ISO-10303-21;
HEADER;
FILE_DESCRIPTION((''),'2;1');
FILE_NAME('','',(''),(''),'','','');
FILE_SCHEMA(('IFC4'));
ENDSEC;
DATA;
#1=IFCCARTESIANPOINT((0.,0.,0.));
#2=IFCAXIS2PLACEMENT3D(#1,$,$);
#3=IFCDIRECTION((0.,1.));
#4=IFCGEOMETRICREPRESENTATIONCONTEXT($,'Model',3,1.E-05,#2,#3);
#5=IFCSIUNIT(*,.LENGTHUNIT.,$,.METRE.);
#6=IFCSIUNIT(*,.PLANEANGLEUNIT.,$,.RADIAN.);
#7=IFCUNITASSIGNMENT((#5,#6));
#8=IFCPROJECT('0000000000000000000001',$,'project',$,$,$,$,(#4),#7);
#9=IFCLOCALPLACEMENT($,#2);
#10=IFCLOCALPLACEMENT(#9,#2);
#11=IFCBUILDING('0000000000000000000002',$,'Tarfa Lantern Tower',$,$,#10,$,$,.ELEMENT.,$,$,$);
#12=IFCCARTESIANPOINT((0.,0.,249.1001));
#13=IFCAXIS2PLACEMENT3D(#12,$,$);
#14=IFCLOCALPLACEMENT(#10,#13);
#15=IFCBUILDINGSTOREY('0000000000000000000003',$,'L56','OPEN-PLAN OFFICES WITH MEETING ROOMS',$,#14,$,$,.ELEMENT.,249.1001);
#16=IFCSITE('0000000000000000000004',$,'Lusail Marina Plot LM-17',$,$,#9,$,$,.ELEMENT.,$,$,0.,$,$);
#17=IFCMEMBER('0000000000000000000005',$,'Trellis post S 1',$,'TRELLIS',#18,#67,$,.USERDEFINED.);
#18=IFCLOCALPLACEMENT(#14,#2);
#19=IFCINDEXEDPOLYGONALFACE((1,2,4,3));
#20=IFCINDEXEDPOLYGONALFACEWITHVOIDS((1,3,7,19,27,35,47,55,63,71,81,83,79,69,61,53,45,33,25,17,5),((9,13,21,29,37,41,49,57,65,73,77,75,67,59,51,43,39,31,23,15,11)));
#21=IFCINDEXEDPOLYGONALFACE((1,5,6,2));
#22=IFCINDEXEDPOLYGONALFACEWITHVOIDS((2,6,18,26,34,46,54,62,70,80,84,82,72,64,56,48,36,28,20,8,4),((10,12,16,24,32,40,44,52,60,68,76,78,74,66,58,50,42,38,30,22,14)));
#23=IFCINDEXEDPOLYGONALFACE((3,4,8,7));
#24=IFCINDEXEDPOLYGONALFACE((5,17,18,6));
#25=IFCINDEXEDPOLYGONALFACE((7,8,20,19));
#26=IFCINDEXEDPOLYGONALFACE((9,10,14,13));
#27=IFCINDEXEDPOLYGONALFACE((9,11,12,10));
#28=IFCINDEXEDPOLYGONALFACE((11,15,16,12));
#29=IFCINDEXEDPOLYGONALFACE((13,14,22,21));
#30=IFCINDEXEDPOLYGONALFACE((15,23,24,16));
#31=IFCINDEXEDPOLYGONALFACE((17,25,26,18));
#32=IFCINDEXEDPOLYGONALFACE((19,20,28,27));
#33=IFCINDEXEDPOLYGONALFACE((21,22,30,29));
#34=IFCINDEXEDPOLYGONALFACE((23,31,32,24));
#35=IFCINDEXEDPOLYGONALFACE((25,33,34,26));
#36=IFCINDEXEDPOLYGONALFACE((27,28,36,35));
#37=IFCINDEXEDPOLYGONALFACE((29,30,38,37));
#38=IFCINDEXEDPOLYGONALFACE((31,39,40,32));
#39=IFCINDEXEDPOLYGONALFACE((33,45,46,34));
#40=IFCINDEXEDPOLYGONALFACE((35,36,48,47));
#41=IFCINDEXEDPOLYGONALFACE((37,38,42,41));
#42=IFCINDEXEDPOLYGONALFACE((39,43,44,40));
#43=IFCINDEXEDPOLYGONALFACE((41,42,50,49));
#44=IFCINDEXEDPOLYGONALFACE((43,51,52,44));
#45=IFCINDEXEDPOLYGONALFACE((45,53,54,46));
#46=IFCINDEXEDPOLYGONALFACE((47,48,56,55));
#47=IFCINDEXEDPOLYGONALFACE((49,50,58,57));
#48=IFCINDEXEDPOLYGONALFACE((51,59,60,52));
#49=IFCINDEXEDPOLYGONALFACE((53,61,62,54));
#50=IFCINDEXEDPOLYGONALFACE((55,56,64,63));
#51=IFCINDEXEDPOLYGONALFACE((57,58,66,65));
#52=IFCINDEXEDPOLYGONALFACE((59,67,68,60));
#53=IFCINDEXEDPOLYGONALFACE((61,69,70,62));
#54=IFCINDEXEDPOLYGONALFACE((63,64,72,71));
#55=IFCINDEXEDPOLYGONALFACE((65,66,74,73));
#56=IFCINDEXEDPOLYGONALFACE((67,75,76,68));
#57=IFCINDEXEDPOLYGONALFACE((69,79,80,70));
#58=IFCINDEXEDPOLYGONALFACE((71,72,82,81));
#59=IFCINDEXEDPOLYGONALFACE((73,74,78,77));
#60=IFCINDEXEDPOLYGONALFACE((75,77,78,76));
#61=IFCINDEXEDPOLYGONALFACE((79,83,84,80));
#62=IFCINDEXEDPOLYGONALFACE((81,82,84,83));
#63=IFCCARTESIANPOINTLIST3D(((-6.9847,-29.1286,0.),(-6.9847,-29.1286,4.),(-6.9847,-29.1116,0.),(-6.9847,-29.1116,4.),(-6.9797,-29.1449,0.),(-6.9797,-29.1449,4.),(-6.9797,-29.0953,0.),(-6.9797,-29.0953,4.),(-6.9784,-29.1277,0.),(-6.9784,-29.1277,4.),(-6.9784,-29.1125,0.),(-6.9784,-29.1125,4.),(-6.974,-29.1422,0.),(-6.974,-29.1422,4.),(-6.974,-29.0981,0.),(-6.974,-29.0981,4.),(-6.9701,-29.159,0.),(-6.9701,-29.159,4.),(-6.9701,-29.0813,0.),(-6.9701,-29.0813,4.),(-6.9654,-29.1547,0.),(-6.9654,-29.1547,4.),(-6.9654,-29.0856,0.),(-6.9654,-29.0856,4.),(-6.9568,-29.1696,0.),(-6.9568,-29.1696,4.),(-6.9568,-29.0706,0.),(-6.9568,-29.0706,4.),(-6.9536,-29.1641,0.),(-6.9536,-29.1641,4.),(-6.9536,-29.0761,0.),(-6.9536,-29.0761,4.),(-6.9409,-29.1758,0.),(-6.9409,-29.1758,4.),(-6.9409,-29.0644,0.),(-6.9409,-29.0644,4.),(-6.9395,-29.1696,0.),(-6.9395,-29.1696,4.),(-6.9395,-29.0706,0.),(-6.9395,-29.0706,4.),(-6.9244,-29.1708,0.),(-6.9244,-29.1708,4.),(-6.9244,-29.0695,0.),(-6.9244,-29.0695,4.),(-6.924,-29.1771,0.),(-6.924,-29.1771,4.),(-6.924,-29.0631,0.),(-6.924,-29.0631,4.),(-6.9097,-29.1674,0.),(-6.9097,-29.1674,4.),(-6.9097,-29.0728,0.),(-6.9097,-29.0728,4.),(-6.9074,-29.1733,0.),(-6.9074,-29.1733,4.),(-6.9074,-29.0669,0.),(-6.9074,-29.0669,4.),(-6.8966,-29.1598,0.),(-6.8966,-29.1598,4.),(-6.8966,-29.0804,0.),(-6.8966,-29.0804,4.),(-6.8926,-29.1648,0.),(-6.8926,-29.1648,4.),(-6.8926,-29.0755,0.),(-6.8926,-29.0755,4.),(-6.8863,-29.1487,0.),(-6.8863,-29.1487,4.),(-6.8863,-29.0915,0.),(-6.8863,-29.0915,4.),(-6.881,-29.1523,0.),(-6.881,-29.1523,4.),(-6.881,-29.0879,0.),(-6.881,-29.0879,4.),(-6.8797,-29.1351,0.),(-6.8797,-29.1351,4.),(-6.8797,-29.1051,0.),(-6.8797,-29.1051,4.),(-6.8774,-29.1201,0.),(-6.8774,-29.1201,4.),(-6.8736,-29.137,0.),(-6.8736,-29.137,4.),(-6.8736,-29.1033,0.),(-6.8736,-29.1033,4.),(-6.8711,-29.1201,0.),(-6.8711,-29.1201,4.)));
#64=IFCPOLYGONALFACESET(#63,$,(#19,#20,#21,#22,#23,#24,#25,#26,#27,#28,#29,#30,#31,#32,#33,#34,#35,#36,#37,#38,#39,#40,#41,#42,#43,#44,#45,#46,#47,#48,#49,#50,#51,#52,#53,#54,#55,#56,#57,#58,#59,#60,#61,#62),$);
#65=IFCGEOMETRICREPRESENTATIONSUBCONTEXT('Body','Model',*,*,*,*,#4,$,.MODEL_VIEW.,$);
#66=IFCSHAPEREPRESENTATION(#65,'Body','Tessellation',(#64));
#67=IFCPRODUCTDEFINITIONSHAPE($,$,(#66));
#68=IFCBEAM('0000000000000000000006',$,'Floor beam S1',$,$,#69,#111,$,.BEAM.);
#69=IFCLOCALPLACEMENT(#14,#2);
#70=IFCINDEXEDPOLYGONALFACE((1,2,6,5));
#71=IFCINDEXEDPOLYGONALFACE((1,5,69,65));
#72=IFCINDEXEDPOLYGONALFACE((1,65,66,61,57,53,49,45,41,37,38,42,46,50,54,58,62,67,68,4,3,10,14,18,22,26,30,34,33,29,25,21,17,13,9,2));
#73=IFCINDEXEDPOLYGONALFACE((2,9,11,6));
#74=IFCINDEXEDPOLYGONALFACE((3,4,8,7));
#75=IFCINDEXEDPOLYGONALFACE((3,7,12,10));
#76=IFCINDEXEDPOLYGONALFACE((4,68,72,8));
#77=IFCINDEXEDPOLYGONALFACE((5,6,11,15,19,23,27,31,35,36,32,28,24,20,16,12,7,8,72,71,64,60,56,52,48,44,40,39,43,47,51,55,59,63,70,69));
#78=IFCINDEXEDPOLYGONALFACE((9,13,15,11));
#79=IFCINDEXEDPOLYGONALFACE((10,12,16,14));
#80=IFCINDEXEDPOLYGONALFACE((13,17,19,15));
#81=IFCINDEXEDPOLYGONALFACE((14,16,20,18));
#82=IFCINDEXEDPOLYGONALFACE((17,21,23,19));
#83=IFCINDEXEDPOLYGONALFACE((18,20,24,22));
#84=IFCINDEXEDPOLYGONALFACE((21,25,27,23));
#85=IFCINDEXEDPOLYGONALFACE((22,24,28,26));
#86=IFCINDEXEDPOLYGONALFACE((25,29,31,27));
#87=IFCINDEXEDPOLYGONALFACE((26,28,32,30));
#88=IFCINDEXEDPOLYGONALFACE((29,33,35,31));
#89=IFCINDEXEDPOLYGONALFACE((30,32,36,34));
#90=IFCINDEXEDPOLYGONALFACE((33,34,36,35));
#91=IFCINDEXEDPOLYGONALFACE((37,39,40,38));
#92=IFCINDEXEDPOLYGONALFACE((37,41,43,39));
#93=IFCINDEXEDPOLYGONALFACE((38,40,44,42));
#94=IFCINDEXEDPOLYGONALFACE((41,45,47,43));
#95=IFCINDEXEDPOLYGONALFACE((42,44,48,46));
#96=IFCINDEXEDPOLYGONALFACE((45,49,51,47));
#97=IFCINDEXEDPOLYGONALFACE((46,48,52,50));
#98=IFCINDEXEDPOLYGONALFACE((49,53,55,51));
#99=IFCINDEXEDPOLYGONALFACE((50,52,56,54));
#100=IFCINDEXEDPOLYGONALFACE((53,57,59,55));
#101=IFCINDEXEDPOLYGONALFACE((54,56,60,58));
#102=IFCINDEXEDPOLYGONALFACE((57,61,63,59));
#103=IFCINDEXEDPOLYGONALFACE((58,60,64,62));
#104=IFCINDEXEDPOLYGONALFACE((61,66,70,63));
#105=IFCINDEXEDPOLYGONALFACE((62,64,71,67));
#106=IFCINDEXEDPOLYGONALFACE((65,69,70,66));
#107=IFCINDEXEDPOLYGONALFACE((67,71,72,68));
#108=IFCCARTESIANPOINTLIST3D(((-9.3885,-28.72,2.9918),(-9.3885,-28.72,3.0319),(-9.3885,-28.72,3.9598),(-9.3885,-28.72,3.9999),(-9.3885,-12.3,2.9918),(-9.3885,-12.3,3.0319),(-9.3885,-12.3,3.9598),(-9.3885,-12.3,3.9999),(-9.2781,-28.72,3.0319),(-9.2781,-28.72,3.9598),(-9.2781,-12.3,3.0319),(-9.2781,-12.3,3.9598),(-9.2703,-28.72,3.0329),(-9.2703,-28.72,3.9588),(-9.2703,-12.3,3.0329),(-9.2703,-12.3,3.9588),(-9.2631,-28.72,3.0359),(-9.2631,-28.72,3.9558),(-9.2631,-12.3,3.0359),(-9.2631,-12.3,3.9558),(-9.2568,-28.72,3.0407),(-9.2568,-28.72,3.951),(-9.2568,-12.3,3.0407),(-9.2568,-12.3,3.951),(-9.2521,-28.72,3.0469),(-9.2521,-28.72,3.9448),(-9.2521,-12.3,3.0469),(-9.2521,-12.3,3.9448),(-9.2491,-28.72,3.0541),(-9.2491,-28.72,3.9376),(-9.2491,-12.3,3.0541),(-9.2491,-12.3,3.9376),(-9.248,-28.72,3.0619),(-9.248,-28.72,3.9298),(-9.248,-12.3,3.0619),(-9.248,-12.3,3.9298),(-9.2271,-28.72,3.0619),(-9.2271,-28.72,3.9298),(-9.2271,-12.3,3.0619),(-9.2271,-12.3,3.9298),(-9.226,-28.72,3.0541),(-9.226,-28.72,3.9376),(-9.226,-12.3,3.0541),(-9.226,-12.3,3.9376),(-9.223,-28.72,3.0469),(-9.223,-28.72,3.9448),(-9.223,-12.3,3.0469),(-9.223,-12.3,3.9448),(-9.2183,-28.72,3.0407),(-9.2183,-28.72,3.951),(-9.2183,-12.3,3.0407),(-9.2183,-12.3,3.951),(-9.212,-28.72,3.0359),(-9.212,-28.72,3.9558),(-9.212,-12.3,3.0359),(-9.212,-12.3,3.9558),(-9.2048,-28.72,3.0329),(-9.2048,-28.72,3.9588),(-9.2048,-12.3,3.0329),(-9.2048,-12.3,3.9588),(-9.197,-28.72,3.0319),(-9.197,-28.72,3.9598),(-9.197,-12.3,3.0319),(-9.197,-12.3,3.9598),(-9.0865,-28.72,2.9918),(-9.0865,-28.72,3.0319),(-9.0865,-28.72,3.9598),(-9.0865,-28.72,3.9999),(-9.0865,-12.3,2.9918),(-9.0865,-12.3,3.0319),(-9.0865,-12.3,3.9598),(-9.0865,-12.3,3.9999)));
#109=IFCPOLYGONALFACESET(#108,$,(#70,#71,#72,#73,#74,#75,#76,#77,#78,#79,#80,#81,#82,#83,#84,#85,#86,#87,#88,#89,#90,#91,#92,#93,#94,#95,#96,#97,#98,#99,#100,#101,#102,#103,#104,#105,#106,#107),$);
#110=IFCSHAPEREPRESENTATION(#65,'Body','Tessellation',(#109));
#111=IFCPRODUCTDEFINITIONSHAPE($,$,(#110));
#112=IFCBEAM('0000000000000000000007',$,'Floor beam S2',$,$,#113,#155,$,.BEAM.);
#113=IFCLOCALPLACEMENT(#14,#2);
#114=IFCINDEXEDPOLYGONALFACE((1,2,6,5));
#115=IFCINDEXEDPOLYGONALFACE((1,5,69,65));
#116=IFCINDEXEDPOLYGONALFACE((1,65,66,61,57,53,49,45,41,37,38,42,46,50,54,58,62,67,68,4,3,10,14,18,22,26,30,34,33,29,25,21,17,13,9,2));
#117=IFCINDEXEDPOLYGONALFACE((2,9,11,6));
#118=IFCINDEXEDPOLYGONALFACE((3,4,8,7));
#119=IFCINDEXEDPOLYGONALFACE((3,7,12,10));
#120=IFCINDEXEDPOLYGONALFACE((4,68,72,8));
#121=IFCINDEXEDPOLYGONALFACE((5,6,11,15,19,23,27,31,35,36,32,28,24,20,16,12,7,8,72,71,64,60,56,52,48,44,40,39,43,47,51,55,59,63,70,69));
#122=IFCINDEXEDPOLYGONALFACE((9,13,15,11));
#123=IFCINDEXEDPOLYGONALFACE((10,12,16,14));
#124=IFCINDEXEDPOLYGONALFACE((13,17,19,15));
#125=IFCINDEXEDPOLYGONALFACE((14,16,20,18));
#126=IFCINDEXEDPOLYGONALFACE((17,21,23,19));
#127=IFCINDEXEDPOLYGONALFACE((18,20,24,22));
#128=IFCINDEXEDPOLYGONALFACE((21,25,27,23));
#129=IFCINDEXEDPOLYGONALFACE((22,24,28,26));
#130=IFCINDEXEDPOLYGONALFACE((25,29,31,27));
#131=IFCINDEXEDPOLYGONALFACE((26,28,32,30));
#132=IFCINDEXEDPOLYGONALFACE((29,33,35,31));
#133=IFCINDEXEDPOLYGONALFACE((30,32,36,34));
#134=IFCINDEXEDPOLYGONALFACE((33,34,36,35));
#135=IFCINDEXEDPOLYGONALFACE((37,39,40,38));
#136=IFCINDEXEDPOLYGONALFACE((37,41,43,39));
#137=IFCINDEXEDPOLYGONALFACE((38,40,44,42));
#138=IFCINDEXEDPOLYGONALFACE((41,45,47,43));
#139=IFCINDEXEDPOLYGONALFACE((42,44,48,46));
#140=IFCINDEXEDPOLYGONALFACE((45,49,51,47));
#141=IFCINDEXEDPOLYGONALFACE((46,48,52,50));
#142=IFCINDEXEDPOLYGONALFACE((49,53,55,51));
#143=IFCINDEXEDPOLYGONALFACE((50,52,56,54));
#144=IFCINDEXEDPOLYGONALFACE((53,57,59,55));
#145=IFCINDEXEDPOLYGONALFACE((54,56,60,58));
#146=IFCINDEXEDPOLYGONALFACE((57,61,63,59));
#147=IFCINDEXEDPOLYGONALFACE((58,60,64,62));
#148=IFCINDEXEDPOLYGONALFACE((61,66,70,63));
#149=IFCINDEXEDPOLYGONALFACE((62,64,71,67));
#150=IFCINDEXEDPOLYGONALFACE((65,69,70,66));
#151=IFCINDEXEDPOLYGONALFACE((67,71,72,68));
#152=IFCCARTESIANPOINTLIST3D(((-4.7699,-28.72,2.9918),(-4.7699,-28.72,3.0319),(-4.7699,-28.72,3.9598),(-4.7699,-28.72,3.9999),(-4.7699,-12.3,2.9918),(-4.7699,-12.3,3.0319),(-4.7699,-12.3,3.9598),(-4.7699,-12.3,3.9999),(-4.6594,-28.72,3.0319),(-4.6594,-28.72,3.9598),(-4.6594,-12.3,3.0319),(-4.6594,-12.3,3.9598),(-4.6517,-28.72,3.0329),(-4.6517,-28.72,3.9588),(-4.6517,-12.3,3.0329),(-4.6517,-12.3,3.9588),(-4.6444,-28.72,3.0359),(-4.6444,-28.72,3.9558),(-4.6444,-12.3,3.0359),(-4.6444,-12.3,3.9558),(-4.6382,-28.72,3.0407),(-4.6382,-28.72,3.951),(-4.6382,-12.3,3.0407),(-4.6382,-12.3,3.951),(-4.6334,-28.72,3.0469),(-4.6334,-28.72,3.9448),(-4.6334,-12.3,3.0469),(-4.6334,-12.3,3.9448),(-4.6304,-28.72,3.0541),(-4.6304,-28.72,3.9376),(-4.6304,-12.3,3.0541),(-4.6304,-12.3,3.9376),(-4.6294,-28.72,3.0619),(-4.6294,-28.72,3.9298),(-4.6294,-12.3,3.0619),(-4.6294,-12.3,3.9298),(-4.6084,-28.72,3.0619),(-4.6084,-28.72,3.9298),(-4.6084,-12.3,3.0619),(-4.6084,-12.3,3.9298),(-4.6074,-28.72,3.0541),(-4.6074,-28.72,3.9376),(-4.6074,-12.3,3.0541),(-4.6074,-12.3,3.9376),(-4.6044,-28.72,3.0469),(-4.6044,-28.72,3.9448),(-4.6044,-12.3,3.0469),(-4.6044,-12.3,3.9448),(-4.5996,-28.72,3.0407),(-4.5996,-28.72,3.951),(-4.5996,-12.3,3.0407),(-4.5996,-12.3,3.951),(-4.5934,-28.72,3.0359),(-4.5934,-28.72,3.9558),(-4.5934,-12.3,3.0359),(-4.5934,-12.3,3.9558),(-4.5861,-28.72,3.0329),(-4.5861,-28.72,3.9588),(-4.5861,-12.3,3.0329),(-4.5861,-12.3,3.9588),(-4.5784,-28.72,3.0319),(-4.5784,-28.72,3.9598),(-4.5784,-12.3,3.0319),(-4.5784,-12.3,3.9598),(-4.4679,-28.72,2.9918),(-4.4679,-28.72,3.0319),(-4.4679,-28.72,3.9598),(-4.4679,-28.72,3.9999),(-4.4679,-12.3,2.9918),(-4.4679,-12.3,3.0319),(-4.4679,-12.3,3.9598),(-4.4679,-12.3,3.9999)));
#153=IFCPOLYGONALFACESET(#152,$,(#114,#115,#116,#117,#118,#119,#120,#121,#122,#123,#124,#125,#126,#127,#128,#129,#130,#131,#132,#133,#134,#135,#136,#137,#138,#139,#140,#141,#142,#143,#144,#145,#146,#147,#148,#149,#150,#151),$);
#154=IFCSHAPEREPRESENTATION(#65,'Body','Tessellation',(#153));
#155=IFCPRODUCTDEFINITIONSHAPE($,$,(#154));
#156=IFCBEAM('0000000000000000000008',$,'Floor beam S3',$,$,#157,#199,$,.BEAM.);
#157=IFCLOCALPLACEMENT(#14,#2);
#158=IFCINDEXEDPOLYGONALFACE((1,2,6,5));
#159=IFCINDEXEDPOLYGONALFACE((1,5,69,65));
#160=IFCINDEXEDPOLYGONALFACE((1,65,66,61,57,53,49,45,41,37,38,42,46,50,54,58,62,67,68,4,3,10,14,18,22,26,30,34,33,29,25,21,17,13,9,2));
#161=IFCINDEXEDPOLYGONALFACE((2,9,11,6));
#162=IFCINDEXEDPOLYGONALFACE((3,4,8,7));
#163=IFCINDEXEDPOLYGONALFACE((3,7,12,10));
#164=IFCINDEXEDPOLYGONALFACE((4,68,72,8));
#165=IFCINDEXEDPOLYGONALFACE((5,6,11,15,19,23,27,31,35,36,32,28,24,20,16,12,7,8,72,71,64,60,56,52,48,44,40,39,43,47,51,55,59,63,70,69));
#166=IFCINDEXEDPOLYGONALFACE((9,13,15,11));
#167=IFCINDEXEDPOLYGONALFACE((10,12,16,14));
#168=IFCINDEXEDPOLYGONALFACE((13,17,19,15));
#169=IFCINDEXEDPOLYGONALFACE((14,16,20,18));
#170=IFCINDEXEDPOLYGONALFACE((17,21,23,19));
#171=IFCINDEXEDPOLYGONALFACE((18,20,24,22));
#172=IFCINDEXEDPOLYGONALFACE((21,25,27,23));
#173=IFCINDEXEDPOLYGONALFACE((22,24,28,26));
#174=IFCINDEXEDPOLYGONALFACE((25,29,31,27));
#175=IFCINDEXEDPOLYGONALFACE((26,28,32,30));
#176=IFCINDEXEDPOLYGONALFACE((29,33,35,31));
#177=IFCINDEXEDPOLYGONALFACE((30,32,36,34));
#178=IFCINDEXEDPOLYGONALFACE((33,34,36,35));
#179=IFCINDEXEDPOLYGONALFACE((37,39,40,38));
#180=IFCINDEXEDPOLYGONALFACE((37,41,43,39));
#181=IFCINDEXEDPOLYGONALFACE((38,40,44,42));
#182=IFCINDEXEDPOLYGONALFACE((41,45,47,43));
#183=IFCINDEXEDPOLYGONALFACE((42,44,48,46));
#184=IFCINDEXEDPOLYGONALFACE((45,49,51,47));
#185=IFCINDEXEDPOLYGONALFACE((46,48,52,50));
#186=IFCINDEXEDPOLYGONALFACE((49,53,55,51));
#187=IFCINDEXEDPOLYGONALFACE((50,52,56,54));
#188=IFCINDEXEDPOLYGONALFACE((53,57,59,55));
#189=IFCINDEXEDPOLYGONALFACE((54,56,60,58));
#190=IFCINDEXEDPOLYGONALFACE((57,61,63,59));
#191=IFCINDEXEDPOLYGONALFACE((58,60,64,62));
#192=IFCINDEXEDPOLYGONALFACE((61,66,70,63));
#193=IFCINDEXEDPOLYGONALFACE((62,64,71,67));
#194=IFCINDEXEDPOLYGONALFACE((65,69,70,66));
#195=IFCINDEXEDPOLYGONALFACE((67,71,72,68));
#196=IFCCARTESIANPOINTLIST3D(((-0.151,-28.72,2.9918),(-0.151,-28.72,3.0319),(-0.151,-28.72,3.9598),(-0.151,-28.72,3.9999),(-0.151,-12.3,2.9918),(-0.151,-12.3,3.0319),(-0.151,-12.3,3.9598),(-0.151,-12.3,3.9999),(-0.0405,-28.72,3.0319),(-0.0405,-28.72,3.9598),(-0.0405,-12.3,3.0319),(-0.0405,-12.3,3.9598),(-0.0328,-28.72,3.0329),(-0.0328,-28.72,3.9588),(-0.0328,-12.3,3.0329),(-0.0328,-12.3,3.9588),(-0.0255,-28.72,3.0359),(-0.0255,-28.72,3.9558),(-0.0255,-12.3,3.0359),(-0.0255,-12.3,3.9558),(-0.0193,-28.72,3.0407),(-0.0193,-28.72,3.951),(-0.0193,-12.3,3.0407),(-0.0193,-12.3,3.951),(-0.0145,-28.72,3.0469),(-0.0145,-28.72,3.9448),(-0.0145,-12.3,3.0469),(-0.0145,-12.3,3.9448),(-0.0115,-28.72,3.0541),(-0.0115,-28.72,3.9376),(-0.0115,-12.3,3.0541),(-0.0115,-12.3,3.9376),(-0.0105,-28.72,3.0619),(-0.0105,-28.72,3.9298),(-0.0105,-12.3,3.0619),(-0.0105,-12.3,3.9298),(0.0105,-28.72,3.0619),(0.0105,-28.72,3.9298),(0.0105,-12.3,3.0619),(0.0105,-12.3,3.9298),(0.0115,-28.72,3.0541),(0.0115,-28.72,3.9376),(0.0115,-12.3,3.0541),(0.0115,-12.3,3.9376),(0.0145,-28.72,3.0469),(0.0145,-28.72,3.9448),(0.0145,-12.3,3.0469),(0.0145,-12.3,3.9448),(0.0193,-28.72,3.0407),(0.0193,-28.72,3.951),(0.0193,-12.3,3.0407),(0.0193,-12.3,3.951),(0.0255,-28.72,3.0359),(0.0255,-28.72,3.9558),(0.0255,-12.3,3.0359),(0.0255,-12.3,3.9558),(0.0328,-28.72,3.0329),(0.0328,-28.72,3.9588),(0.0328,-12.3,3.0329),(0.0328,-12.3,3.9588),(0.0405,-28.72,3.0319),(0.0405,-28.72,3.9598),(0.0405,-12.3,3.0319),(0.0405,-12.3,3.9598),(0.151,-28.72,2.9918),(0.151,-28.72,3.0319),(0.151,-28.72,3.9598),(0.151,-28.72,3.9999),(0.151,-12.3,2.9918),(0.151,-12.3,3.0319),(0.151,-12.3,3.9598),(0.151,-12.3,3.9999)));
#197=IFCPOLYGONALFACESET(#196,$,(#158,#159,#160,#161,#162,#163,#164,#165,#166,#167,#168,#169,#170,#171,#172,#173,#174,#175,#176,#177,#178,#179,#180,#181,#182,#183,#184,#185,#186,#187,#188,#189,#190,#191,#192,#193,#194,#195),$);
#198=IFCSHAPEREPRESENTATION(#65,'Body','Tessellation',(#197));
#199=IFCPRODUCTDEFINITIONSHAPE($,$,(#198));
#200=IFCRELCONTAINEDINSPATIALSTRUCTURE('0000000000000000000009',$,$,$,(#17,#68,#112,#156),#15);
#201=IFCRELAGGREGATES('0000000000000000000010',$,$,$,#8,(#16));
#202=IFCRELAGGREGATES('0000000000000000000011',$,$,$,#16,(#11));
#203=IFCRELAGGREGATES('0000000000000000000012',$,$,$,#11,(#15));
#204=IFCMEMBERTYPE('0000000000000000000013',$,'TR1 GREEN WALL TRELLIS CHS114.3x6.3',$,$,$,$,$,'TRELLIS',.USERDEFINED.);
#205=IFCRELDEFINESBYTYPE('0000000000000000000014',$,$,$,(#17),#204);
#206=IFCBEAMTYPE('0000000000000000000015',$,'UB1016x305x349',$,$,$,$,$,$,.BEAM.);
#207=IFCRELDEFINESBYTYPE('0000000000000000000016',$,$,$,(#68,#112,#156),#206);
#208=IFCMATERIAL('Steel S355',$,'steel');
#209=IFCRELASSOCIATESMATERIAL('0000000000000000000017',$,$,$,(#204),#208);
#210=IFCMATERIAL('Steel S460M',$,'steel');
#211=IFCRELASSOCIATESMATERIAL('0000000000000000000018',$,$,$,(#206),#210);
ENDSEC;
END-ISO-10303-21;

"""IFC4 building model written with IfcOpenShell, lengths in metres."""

from ifc_helpers import new_model, si_unit, direction, frame, origin, origin_2d, place, context, subcontext, project, spatial, hollow_circle, i_section, extrude, material, material_profile, profile_set, type_object, element, save


model = new_model("IFC4")

# Units and contexts
model_context = context("Model", 3, precision=1e-05, world=origin(), true_north=direction((0.0, 1.0)))
body_context = subcontext(model_context, "Body", "Model", "MODEL_VIEW")
ifc_project = project(units=[si_unit("LENGTHUNIT", "METRE"), si_unit("PLANEANGLEUNIT", "RADIAN")], contexts=[model_context])

# Site, building, storey
site_placement = place(None, origin())
site = spatial("IfcSite", under=ifc_project, at=site_placement, Name="Lusail Marina Plot LM-17", CompositionType="ELEMENT", RefElevation=0.0)
building_placement = place(site_placement, origin())
building = spatial("IfcBuilding", under=site, at=building_placement, Name="Tarfa Lantern Tower", CompositionType="ELEMENT")
storey_placement = place(building_placement, frame((0.0, 0.0, 249.1001)))
storey = spatial("IfcBuildingStorey", under=building, at=storey_placement, Name="L56", Description="OPEN-PLAN OFFICES WITH MEETING ROOMS", CompositionType="ELEMENT", Elevation=249.1001)

# Member
ifc_material_1 = material(Name="Steel S355", Category="steel")
ifc_material_profile_1 = material_profile(ifc_material_1, hollow_circle(Radius=0.0571, WallThickness=0.0063, at=origin_2d()), Name="CHS114.3x6.3")
ifc_profile_set_1 = profile_set([ifc_material_profile_1], Name="Steel S355")
member_type_1 = type_object("IfcMemberType", Name="TR1 GREEN WALL TRELLIS CHS114.3x6.3", ElementType="TRELLIS", PredefinedType="USERDEFINED", material=ifc_profile_set_1)
member_1_placement = place(storey_placement, frame((-6.9282, -29.1201, 0.0), z_axis=(0.0, 0.0, 1.0), x_axis=(1.0, 0.0, 0.0)))
element("IfcMember", 1, at=member_1_placement, inside=storey, type_object=member_type_1, Name="Trellis post S 1", ObjectType="TRELLIS", PredefinedType="USERDEFINED", context=body_context, shape_type="SweptSolid", body=[
    extrude(hollow_circle(Radius=0.0571, WallThickness=0.0063, at=origin_2d()), origin(), (0.0, 0.0, 1.0), 4.0),
])

# Beams
ifc_material_2 = material(Name="Steel S460M", Category="steel")
ifc_material_profile_2 = material_profile(ifc_material_2, i_section(OverallWidth=0.302, OverallDepth=1.0081, WebThickness=0.021, FlangeThickness=0.04, FilletRadius=0.03, at=origin_2d()), Name="UB1016x305x349")
ifc_profile_set_2 = profile_set([ifc_material_profile_2], Name="Steel S460M")
beam_type_1 = type_object("IfcBeamType", Name="UB1016x305x349", PredefinedType="BEAM", material=ifc_profile_set_2)
for number, where, z_axis, x_axis, name in (
    (2, (-9.2375, -28.72, 3.4958), (0.0, 1.0, 0.0), (-1.0, 0.0, 0.0), "Floor beam S1"),
    (3, (-4.6189, -28.72, 3.4958), (0.0, 1.0, 0.0), (-1.0, 0.0, 0.0), "Floor beam S2"),
    (4, (0.0, -28.72, 3.4958), (0.0, 1.0, 0.0), (-1.0, 0.0, 0.0), "Floor beam S3"),
):
    element("IfcBeam", number, at=place(storey_placement, frame(where, z_axis=z_axis, x_axis=x_axis)), inside=storey, type_object=beam_type_1, Name=name, PredefinedType="BEAM", context=body_context, shape_type="SweptSolid", body=[
        extrude(i_section(OverallWidth=0.302, OverallDepth=1.0081, WebThickness=0.021, FlangeThickness=0.04, FilletRadius=0.03, at=origin_2d()), origin(), (0.0, 0.0, 1.0), 16.4199),
    ])

save(model, "model.ifc")
